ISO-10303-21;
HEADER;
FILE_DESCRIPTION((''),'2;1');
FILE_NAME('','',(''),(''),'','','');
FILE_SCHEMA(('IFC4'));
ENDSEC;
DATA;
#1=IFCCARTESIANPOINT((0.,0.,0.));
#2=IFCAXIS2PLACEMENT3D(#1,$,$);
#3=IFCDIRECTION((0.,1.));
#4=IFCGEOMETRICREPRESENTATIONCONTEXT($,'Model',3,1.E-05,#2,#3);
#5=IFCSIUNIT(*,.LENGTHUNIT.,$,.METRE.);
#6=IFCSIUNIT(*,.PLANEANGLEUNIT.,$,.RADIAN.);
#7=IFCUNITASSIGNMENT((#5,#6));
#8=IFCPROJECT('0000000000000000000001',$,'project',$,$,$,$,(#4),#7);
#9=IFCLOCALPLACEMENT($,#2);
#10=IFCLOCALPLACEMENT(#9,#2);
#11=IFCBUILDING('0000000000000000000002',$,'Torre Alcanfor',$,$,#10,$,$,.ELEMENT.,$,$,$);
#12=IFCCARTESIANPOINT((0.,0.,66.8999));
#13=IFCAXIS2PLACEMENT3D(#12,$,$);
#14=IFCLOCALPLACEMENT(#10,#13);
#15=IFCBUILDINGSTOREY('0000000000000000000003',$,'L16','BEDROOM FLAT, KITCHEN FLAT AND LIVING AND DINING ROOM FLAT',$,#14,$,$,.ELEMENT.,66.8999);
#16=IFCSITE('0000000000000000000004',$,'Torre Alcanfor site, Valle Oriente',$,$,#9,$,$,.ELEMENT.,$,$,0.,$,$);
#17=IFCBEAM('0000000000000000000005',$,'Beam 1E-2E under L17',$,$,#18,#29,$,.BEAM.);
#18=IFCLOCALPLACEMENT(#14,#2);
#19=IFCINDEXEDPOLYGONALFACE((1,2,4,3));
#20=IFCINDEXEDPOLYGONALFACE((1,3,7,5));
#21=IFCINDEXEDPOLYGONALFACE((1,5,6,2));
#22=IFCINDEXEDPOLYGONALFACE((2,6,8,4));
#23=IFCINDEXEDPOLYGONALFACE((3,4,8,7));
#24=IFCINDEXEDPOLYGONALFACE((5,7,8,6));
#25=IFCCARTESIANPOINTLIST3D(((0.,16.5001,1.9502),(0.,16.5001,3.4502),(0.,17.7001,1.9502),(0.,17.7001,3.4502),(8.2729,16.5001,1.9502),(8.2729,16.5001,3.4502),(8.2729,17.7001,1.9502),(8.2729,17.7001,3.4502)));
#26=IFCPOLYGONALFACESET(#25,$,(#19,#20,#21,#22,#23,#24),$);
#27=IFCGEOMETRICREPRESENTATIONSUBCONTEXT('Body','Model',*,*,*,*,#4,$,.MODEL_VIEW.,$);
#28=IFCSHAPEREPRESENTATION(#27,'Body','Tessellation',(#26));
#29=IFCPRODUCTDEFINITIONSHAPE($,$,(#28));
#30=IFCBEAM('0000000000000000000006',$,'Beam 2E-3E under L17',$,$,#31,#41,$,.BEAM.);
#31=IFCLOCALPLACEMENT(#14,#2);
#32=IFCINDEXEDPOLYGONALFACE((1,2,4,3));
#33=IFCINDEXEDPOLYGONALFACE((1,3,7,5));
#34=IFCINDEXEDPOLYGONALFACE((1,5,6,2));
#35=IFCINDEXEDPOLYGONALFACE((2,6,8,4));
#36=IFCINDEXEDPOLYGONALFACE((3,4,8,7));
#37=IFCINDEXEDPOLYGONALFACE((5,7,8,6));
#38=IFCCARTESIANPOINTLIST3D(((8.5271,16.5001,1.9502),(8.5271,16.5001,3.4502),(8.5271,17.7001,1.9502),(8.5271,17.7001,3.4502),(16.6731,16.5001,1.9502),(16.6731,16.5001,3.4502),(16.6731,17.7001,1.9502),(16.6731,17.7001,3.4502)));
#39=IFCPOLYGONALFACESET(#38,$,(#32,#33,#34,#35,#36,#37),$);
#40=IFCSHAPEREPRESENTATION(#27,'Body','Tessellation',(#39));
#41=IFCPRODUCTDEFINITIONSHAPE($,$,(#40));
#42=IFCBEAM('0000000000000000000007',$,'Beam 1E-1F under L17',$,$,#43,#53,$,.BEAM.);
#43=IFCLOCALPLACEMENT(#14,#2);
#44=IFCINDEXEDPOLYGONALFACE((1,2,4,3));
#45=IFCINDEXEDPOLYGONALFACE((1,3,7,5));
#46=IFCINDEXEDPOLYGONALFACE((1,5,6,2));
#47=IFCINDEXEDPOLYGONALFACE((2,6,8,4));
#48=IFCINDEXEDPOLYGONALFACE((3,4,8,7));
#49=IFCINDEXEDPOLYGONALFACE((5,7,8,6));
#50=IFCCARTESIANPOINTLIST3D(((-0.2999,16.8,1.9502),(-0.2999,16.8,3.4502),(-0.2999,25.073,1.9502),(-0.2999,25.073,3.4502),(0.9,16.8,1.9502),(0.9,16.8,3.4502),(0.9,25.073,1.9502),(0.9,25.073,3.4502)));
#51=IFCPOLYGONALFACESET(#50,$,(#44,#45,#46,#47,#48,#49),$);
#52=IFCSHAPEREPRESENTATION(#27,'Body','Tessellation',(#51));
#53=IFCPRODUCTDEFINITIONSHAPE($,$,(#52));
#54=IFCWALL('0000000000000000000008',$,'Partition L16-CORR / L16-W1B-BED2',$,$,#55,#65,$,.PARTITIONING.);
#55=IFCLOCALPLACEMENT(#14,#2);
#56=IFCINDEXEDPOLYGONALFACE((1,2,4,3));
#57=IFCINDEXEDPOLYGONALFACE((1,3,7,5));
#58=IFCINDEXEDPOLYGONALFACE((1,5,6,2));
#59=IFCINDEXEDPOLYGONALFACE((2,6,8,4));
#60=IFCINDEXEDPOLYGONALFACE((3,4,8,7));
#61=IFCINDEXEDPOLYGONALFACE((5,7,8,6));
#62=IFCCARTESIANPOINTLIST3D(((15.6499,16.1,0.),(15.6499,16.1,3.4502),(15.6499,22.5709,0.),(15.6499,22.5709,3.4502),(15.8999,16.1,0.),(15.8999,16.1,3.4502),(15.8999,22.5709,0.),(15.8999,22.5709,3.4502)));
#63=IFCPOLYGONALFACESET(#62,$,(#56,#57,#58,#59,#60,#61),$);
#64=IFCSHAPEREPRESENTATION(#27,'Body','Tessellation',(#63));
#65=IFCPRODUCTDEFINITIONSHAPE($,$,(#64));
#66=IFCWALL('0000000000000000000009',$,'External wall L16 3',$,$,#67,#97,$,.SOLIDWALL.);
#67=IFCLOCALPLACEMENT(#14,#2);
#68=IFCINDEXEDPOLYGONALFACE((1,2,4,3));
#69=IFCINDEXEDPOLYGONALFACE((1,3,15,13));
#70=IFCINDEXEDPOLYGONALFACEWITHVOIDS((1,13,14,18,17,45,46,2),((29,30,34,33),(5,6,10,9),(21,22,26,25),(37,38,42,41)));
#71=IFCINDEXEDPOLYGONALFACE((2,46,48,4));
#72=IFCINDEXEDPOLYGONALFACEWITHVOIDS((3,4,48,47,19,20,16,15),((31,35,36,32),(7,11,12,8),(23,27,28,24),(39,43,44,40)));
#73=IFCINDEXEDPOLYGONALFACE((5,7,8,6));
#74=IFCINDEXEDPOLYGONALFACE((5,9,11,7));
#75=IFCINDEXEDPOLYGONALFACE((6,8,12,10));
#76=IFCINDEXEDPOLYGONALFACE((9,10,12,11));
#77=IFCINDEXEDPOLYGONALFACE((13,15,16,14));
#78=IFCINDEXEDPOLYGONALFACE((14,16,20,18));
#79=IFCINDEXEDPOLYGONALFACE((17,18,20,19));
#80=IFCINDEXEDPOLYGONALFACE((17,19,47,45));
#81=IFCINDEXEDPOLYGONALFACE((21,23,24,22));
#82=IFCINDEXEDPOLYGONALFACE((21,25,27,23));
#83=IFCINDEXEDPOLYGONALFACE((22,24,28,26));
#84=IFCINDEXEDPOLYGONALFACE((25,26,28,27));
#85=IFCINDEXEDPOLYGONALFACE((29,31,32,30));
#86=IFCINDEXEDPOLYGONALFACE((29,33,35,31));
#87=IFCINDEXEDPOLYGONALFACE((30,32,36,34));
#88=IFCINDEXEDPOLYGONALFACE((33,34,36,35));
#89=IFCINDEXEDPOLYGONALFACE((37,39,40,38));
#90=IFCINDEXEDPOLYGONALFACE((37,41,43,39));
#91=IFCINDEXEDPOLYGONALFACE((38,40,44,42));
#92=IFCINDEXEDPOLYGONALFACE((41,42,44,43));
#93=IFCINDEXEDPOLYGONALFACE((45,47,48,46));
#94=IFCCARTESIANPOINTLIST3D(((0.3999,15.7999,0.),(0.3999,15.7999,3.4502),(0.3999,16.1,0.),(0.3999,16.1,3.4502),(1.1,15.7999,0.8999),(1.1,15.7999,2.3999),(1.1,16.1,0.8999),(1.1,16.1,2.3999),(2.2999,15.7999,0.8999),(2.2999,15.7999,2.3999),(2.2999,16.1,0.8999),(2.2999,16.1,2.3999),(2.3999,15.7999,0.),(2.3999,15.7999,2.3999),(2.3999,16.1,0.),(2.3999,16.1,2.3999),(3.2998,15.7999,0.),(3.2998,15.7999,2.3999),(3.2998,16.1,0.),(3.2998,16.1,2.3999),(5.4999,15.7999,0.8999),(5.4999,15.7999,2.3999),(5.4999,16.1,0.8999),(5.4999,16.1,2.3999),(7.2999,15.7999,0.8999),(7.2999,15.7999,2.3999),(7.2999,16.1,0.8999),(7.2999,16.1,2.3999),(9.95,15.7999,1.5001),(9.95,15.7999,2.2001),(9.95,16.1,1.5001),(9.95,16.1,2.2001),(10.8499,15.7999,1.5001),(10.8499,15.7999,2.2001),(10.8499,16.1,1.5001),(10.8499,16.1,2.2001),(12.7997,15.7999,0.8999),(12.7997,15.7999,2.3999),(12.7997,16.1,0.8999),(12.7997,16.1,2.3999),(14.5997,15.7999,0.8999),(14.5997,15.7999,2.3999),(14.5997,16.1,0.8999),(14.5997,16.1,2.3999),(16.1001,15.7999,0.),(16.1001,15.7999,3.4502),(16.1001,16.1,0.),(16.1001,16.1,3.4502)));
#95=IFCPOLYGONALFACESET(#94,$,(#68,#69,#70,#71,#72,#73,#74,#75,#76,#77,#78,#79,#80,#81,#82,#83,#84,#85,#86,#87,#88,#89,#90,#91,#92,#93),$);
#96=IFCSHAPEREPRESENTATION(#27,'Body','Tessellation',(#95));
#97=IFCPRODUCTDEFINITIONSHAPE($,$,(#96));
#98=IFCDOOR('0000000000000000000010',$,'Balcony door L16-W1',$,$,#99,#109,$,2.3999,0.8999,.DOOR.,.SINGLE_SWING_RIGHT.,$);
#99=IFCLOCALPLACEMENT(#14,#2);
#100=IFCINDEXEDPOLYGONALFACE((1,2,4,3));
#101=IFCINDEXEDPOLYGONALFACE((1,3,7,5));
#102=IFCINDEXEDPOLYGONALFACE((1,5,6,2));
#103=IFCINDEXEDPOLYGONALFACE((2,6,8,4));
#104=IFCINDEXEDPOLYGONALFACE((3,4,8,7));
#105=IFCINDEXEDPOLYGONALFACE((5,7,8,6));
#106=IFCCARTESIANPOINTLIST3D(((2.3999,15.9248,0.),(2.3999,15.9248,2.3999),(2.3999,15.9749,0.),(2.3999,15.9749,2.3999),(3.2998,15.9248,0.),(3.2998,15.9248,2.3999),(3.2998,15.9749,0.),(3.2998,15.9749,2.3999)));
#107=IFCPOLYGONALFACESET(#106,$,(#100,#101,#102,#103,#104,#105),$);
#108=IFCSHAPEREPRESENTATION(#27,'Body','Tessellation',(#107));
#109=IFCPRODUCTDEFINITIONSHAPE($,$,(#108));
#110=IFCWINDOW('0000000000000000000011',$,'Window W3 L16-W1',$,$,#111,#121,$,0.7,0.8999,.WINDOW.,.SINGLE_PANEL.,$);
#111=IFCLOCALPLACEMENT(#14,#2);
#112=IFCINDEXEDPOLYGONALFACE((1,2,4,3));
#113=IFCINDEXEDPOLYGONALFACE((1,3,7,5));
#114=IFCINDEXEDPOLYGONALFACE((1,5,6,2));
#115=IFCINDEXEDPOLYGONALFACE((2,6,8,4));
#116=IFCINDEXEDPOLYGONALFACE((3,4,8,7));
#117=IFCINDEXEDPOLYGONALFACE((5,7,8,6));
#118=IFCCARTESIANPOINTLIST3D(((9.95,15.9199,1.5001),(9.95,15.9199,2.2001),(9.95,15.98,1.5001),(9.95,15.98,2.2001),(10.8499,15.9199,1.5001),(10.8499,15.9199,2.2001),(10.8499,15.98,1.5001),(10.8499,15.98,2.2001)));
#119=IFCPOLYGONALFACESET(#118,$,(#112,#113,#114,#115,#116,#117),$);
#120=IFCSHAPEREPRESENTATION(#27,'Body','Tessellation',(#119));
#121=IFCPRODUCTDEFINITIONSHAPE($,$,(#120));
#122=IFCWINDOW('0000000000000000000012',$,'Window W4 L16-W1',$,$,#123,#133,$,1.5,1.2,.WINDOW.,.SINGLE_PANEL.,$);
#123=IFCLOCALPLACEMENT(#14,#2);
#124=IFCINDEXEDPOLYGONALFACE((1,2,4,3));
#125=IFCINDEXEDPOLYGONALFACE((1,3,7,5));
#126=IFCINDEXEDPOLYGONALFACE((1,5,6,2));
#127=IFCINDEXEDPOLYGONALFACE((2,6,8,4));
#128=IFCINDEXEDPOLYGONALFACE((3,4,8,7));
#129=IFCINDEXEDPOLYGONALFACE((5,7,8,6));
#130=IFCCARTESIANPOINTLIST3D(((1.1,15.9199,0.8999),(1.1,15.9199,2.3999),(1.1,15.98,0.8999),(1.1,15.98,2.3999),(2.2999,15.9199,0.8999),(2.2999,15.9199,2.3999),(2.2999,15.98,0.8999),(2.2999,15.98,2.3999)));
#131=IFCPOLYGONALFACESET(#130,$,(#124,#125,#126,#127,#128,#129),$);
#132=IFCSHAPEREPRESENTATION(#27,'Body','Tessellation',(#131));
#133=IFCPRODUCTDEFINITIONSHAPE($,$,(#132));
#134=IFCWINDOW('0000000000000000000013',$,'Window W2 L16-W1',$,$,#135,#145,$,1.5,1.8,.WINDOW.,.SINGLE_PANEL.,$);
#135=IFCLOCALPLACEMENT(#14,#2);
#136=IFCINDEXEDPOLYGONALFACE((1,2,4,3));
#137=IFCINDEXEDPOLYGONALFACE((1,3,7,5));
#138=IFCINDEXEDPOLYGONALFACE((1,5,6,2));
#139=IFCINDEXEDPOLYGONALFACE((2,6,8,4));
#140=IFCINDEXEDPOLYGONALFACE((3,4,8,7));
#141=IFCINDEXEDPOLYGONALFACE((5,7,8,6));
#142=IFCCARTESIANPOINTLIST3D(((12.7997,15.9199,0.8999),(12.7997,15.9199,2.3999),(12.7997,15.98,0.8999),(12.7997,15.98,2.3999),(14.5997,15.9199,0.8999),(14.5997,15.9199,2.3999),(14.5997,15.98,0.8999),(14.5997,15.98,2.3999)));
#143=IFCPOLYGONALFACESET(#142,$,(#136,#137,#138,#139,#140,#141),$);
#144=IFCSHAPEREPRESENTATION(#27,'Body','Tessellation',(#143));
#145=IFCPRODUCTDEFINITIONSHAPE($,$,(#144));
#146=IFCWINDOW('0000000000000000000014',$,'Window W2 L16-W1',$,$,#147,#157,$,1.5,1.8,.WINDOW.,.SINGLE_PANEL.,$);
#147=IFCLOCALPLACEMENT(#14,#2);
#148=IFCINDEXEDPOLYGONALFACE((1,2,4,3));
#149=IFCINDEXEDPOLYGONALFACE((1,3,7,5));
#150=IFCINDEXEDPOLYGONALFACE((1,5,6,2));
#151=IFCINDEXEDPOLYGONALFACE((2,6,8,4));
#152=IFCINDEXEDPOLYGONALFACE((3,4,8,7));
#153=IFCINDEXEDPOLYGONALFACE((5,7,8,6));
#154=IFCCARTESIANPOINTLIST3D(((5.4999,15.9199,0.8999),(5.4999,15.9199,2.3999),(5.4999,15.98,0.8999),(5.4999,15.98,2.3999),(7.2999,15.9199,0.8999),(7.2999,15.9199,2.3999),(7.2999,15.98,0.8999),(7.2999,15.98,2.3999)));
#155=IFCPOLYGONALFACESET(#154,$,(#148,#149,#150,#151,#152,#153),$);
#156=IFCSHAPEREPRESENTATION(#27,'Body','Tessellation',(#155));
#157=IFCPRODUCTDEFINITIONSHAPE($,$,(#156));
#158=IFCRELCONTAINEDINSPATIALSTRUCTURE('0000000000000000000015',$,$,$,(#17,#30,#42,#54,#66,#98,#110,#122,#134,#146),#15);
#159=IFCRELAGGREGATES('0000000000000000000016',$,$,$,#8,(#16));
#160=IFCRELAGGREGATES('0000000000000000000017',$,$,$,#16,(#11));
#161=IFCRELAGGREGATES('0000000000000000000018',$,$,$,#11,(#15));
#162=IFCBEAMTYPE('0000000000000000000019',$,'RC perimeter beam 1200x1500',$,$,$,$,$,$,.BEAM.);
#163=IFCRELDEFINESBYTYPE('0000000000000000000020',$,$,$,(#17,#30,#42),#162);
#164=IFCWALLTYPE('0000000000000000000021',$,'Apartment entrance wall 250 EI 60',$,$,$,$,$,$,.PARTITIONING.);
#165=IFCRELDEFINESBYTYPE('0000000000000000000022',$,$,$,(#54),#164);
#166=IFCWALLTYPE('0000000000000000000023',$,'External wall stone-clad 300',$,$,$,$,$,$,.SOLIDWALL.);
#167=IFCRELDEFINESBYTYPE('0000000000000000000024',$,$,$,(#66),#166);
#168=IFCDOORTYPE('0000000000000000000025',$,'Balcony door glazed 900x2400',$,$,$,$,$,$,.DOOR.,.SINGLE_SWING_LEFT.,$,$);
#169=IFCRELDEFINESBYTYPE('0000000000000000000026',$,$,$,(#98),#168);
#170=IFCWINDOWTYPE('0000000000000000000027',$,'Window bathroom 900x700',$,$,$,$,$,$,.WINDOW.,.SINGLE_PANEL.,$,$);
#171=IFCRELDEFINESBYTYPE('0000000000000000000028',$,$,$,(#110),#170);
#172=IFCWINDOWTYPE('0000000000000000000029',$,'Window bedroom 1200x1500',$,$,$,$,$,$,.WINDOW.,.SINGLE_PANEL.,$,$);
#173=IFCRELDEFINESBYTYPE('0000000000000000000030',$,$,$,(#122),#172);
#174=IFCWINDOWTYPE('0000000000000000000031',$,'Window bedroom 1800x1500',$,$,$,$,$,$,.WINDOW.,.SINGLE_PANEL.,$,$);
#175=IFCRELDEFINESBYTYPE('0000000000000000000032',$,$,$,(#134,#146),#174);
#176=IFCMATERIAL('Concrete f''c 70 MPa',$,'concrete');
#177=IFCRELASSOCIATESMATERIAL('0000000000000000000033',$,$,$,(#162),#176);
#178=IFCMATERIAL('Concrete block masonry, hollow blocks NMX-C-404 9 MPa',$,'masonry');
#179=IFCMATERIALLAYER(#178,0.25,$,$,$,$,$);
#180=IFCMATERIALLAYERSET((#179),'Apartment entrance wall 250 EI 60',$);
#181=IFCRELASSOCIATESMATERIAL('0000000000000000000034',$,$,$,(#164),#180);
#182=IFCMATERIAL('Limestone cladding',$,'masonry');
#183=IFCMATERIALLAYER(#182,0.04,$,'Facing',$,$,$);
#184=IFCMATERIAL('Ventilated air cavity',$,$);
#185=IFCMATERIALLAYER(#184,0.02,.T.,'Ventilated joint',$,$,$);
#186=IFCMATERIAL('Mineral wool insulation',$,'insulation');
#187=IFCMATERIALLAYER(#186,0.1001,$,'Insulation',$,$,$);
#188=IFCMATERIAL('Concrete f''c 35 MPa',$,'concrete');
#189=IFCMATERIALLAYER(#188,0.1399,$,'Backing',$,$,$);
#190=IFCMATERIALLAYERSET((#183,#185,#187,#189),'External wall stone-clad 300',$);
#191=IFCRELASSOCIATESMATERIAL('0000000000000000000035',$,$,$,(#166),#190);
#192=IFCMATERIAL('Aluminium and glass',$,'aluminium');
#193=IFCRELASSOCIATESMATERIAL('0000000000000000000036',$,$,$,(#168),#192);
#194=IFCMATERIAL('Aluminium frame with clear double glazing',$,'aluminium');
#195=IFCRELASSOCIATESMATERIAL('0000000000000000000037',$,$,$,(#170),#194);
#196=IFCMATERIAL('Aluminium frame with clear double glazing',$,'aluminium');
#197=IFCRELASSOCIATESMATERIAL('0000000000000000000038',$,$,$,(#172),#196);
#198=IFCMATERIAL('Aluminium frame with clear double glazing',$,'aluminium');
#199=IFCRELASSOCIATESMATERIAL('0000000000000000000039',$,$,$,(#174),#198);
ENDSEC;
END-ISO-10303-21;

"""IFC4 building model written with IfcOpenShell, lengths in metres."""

from ifc_helpers import new_model, si_unit, direction, frame, frame_2d, origin, origin_2d, place, context, subcontext, project, spatial, rectangle, extrude, material, layer, layer_set, material_profile, profile_set, type_object, element, fill, save


model = new_model("IFC4")

# Units and contexts
model_context = context("Model", 3, precision=1e-05, world=origin(), true_north=direction((0.0, 1.0)))
body_context = subcontext(model_context, "Body", "Model", "MODEL_VIEW")
ifc_project = project(units=[si_unit("LENGTHUNIT", "METRE"), si_unit("PLANEANGLEUNIT", "RADIAN")], contexts=[model_context])

# Site, building, storey
site_placement = place(None, origin())
site = spatial("IfcSite", under=ifc_project, at=site_placement, Name="Torre Alcanfor site, Valle Oriente", CompositionType="ELEMENT", RefElevation=0.0)
building_placement = place(site_placement, origin())
building = spatial("IfcBuilding", under=site, at=building_placement, Name="Torre Alcanfor", CompositionType="ELEMENT")
storey_placement = place(building_placement, frame((0.0, 0.0, 66.8999)))
storey = spatial("IfcBuildingStorey", under=building, at=storey_placement, Name="L16", Description="BEDROOM FLAT, KITCHEN FLAT AND LIVING AND DINING ROOM FLAT", CompositionType="ELEMENT", Elevation=66.8999)

# Beams
ifc_material_1 = material(Name="Concrete f'c 70 MPa", Category="concrete")
ifc_material_profile_1 = material_profile(ifc_material_1, rectangle(XDim=1.2, YDim=1.5, at=origin_2d()), Name="1200x1500")
ifc_profile_set_1 = profile_set([ifc_material_profile_1], Name="Concrete f'c 70 MPa")
beam_type_1 = type_object("IfcBeamType", Name="RC perimeter beam 1200x1500", PredefinedType="BEAM", material=ifc_profile_set_1)
beam_1_placement = place(storey_placement, frame((0.0, 17.1001, 2.7002), z_axis=(1.0, 0.0, 0.0), x_axis=(0.0, 1.0, 0.0)))
element("IfcBeam", 1, at=beam_1_placement, inside=storey, type_object=beam_type_1, Name="Beam 1E-2E under L17", PredefinedType="BEAM", context=body_context, shape_type="SweptSolid", body=[
    extrude(rectangle(XDim=1.2, YDim=1.5, at=origin_2d()), origin(), (0.0, 0.0, 1.0), 8.2729),
])
beam_2_placement = place(storey_placement, frame((8.5271, 17.1001, 2.7002), z_axis=(1.0, 0.0, 0.0), x_axis=(0.0, 1.0, 0.0)))
element("IfcBeam", 2, at=beam_2_placement, inside=storey, type_object=beam_type_1, Name="Beam 2E-3E under L17", PredefinedType="BEAM", context=body_context, shape_type="SweptSolid", body=[
    extrude(rectangle(XDim=1.2, YDim=1.5, at=origin_2d()), origin(), (0.0, 0.0, 1.0), 8.146),
])
beam_3_placement = place(storey_placement, frame((0.3, 16.8, 2.7002), z_axis=(0.0, 1.0, 0.0), x_axis=(-1.0, 0.0, 0.0)))
element("IfcBeam", 3, at=beam_3_placement, inside=storey, type_object=beam_type_1, Name="Beam 1E-1F under L17", PredefinedType="BEAM", context=body_context, shape_type="SweptSolid", body=[
    extrude(rectangle(XDim=1.2, YDim=1.5, at=origin_2d()), origin(), (0.0, 0.0, 1.0), 8.2729),
])

# Wall
ifc_material_2 = material(Name="Concrete block masonry, hollow blocks NMX-C-404 9 MPa", Category="masonry")
ifc_layer_1 = layer(ifc_material_2, 0.25)
ifc_layer_set_1 = layer_set([ifc_layer_1], Name="Apartment entrance wall 250 EI 60")
wall_type_1 = type_object("IfcWallType", Name="Apartment entrance wall 250 EI 60", PredefinedType="PARTITIONING", material=ifc_layer_set_1)
wall_1_placement = place(storey_placement, frame((15.7749, 16.1001, 0.0), z_axis=(0.0, 0.0, 1.0), x_axis=(0.0, 1.0, 0.0)))
element("IfcWall", 4, at=wall_1_placement, inside=storey, type_object=wall_type_1, Name="Partition L16-CORR / L16-W1B-BED2", PredefinedType="PARTITIONING", context=body_context, shape_type="SweptSolid", body=[
    extrude(rectangle(XDim=6.4709, YDim=0.25, at=frame_2d((3.2354, 0.0))), origin(), (0.0, 0.0, 1.0), 3.4502),
])

# Wall, openings, door, windows
ifc_material_3 = material(Name="Limestone cladding", Category="masonry")
ifc_layer_2 = layer(ifc_material_3, 0.04, Name="Facing")
ifc_material_4 = material(Name="Ventilated air cavity")
ifc_layer_3 = layer(ifc_material_4, 0.02, ventilated=True, Name="Ventilated joint")
ifc_material_5 = material(Name="Mineral wool insulation", Category="insulation")
ifc_layer_4 = layer(ifc_material_5, 0.1001, Name="Insulation")
ifc_material_6 = material(Name="Concrete f'c 35 MPa", Category="concrete")
ifc_layer_5 = layer(ifc_material_6, 0.1399, Name="Backing")
ifc_layer_set_2 = layer_set([ifc_layer_2, ifc_layer_3, ifc_layer_4, ifc_layer_5], Name="External wall stone-clad 300")
wall_type_2 = type_object("IfcWallType", Name="External wall stone-clad 300", PredefinedType="SOLIDWALL", material=ifc_layer_set_2)
wall_2_placement = place(storey_placement, frame((0.3999, 15.95, 0.0), z_axis=(0.0, 0.0, 1.0), x_axis=(1.0, 0.0, 0.0)))
wall_2 = element("IfcWall", 5, at=wall_2_placement, inside=storey, type_object=wall_type_2, Name="External wall L16 3", PredefinedType="SOLIDWALL", context=body_context, shape_type="SweptSolid", body=[
    extrude(rectangle(XDim=15.7002, YDim=0.3, at=frame_2d((7.8501, 0.0))), origin(), (0.0, 0.0, 1.0), 3.4502),
])
opening_1_placement = place(wall_2_placement, frame((12.3999, 0.0, 0.8999)))
opening_1 = element("IfcOpeningElement", 6, at=opening_1_placement, cuts=wall_2, PredefinedType="OPENING", context=body_context, shape_type="SweptSolid", body=[
    extrude(rectangle(XDim=1.8, YDim=1.5, at=frame_2d((0.8999, 0.75))), frame((0.0, 0.1599, 0.0), z_axis=(0.0, -1.0, 0.0), x_axis=(1.0, 0.0, 0.0)), (0.0, 0.0, 1.0), 0.3201),
])
opening_2_placement = place(wall_2_placement, frame((9.55, 0.0, 1.5)))
opening_2 = element("IfcOpeningElement", 7, at=opening_2_placement, cuts=wall_2, PredefinedType="OPENING", context=body_context, shape_type="SweptSolid", body=[
    extrude(rectangle(XDim=0.8999, YDim=0.7, at=frame_2d((0.45, 0.3501))), frame((0.0, 0.1599, 0.0), z_axis=(0.0, -1.0, 0.0), x_axis=(1.0, 0.0, 0.0)), (0.0, 0.0, 1.0), 0.3201),
])
opening_3_placement = place(wall_2_placement, frame((5.1001, 0.0, 0.8999)))
opening_3 = element("IfcOpeningElement", 8, at=opening_3_placement, cuts=wall_2, PredefinedType="OPENING", context=body_context, shape_type="SweptSolid", body=[
    extrude(rectangle(XDim=1.8, YDim=1.5, at=frame_2d((0.8999, 0.75))), frame((0.0, 0.1599, 0.0), z_axis=(0.0, -1.0, 0.0), x_axis=(1.0, 0.0, 0.0)), (0.0, 0.0, 1.0), 0.3201),
])
opening_4_placement = place(wall_2_placement, frame((2.0, 0.0, 0.0)))
opening_4 = element("IfcOpeningElement", 9, at=opening_4_placement, cuts=wall_2, PredefinedType="OPENING", context=body_context, shape_type="SweptSolid", body=[
    extrude(rectangle(XDim=0.8999, YDim=2.3999, at=frame_2d((0.45, 1.2))), frame((0.0, 0.1599, 0.0), z_axis=(0.0, -1.0, 0.0), x_axis=(1.0, 0.0, 0.0)), (0.0, 0.0, 1.0), 0.3201),
])
opening_5_placement = place(wall_2_placement, frame((0.7, 0.0, 0.8999)))
opening_5 = element("IfcOpeningElement", 10, at=opening_5_placement, cuts=wall_2, PredefinedType="OPENING", context=body_context, shape_type="SweptSolid", body=[
    extrude(rectangle(XDim=1.2, YDim=1.5, at=frame_2d((0.6001, 0.75))), frame((0.0, 0.1599, 0.0), z_axis=(0.0, -1.0, 0.0), x_axis=(1.0, 0.0, 0.0)), (0.0, 0.0, 1.0), 0.3201),
])
ifc_material_7 = material(Name="Aluminium and glass", Category="aluminium")
door_type = type_object("IfcDoorType", Name="Balcony door glazed 900x2400", OperationType="SINGLE_SWING_LEFT", PredefinedType="DOOR", material=ifc_material_7)
door_1_placement = place(opening_4_placement, origin())
door_1 = element("IfcDoor", 11, at=door_1_placement, inside=storey, type_object=door_type, Name="Balcony door L16-W1", OperationType="SINGLE_SWING_RIGHT", OverallHeight=2.3999, OverallWidth=0.8999, PredefinedType="DOOR", context=body_context, shape_type="SweptSolid", body=[
    extrude(rectangle(XDim=0.8999, YDim=2.3999, at=frame_2d((0.45, 1.2))), frame((0.0, 0.0249, 0.0), z_axis=(0.0, -1.0, 0.0), x_axis=(1.0, 0.0, 0.0)), (0.0, 0.0, 1.0), 0.05),
])
fill(opening_4, door_1)
ifc_material_8 = material(Name="Aluminium frame with clear double glazing", Category="aluminium")
window_type_1 = type_object("IfcWindowType", Name="Window bathroom 900x700", PartitioningType="SINGLE_PANEL", PredefinedType="WINDOW", material=ifc_material_8)
window_1_placement = place(opening_2_placement, origin())
window_1 = element("IfcWindow", 12, at=window_1_placement, inside=storey, type_object=window_type_1, Name="Window W3 L16-W1", OverallHeight=0.7, OverallWidth=0.8999, PartitioningType="SINGLE_PANEL", PredefinedType="WINDOW", context=body_context, shape_type="SweptSolid", body=[
    extrude(rectangle(XDim=0.8999, YDim=0.7, at=frame_2d((0.45, 0.3501))), frame((0.0, 0.03, 0.0), z_axis=(0.0, -1.0, 0.0), x_axis=(1.0, 0.0, 0.0)), (0.0, 0.0, 1.0), 0.0601),
])
fill(opening_2, window_1)
ifc_material_9 = material(Name="Aluminium frame with clear double glazing", Category="aluminium")
window_type_2 = type_object("IfcWindowType", Name="Window bedroom 1200x1500", PartitioningType="SINGLE_PANEL", PredefinedType="WINDOW", material=ifc_material_9)
window_2_placement = place(opening_5_placement, origin())
window_2 = element("IfcWindow", 13, at=window_2_placement, inside=storey, type_object=window_type_2, Name="Window W4 L16-W1", OverallHeight=1.5, OverallWidth=1.2, PartitioningType="SINGLE_PANEL", PredefinedType="WINDOW", context=body_context, shape_type="SweptSolid", body=[
    extrude(rectangle(XDim=1.2, YDim=1.5, at=frame_2d((0.6001, 0.75))), frame((0.0, 0.03, 0.0), z_axis=(0.0, -1.0, 0.0), x_axis=(1.0, 0.0, 0.0)), (0.0, 0.0, 1.0), 0.0601),
])
fill(opening_5, window_2)
ifc_material_10 = material(Name="Aluminium frame with clear double glazing", Category="aluminium")
window_type_3 = type_object("IfcWindowType", Name="Window bedroom 1800x1500", PartitioningType="SINGLE_PANEL", PredefinedType="WINDOW", material=ifc_material_10)
window_3_placement = place(opening_1_placement, origin())
window_3 = element("IfcWindow", 14, at=window_3_placement, inside=storey, type_object=window_type_3, Name="Window W2 L16-W1", OverallHeight=1.5, OverallWidth=1.8, PartitioningType="SINGLE_PANEL", PredefinedType="WINDOW", context=body_context, shape_type="SweptSolid", body=[
    extrude(rectangle(XDim=1.8, YDim=1.5, at=frame_2d((0.8999, 0.75))), frame((0.0, 0.03, 0.0), z_axis=(0.0, -1.0, 0.0), x_axis=(1.0, 0.0, 0.0)), (0.0, 0.0, 1.0), 0.0601),
])
fill(opening_1, window_3)
window_4_placement = place(opening_3_placement, origin())
window_4 = element("IfcWindow", 15, at=window_4_placement, inside=storey, type_object=window_type_3, Name="Window W2 L16-W1", OverallHeight=1.5, OverallWidth=1.8, PartitioningType="SINGLE_PANEL", PredefinedType="WINDOW", context=body_context, shape_type="SweptSolid", body=[
    extrude(rectangle(XDim=1.8, YDim=1.5, at=frame_2d((0.8999, 0.75))), frame((0.0, 0.03, 0.0), z_axis=(0.0, -1.0, 0.0), x_axis=(1.0, 0.0, 0.0)), (0.0, 0.0, 1.0), 0.0601),
])
fill(opening_3, window_4)

save(model, "model.ifc")
